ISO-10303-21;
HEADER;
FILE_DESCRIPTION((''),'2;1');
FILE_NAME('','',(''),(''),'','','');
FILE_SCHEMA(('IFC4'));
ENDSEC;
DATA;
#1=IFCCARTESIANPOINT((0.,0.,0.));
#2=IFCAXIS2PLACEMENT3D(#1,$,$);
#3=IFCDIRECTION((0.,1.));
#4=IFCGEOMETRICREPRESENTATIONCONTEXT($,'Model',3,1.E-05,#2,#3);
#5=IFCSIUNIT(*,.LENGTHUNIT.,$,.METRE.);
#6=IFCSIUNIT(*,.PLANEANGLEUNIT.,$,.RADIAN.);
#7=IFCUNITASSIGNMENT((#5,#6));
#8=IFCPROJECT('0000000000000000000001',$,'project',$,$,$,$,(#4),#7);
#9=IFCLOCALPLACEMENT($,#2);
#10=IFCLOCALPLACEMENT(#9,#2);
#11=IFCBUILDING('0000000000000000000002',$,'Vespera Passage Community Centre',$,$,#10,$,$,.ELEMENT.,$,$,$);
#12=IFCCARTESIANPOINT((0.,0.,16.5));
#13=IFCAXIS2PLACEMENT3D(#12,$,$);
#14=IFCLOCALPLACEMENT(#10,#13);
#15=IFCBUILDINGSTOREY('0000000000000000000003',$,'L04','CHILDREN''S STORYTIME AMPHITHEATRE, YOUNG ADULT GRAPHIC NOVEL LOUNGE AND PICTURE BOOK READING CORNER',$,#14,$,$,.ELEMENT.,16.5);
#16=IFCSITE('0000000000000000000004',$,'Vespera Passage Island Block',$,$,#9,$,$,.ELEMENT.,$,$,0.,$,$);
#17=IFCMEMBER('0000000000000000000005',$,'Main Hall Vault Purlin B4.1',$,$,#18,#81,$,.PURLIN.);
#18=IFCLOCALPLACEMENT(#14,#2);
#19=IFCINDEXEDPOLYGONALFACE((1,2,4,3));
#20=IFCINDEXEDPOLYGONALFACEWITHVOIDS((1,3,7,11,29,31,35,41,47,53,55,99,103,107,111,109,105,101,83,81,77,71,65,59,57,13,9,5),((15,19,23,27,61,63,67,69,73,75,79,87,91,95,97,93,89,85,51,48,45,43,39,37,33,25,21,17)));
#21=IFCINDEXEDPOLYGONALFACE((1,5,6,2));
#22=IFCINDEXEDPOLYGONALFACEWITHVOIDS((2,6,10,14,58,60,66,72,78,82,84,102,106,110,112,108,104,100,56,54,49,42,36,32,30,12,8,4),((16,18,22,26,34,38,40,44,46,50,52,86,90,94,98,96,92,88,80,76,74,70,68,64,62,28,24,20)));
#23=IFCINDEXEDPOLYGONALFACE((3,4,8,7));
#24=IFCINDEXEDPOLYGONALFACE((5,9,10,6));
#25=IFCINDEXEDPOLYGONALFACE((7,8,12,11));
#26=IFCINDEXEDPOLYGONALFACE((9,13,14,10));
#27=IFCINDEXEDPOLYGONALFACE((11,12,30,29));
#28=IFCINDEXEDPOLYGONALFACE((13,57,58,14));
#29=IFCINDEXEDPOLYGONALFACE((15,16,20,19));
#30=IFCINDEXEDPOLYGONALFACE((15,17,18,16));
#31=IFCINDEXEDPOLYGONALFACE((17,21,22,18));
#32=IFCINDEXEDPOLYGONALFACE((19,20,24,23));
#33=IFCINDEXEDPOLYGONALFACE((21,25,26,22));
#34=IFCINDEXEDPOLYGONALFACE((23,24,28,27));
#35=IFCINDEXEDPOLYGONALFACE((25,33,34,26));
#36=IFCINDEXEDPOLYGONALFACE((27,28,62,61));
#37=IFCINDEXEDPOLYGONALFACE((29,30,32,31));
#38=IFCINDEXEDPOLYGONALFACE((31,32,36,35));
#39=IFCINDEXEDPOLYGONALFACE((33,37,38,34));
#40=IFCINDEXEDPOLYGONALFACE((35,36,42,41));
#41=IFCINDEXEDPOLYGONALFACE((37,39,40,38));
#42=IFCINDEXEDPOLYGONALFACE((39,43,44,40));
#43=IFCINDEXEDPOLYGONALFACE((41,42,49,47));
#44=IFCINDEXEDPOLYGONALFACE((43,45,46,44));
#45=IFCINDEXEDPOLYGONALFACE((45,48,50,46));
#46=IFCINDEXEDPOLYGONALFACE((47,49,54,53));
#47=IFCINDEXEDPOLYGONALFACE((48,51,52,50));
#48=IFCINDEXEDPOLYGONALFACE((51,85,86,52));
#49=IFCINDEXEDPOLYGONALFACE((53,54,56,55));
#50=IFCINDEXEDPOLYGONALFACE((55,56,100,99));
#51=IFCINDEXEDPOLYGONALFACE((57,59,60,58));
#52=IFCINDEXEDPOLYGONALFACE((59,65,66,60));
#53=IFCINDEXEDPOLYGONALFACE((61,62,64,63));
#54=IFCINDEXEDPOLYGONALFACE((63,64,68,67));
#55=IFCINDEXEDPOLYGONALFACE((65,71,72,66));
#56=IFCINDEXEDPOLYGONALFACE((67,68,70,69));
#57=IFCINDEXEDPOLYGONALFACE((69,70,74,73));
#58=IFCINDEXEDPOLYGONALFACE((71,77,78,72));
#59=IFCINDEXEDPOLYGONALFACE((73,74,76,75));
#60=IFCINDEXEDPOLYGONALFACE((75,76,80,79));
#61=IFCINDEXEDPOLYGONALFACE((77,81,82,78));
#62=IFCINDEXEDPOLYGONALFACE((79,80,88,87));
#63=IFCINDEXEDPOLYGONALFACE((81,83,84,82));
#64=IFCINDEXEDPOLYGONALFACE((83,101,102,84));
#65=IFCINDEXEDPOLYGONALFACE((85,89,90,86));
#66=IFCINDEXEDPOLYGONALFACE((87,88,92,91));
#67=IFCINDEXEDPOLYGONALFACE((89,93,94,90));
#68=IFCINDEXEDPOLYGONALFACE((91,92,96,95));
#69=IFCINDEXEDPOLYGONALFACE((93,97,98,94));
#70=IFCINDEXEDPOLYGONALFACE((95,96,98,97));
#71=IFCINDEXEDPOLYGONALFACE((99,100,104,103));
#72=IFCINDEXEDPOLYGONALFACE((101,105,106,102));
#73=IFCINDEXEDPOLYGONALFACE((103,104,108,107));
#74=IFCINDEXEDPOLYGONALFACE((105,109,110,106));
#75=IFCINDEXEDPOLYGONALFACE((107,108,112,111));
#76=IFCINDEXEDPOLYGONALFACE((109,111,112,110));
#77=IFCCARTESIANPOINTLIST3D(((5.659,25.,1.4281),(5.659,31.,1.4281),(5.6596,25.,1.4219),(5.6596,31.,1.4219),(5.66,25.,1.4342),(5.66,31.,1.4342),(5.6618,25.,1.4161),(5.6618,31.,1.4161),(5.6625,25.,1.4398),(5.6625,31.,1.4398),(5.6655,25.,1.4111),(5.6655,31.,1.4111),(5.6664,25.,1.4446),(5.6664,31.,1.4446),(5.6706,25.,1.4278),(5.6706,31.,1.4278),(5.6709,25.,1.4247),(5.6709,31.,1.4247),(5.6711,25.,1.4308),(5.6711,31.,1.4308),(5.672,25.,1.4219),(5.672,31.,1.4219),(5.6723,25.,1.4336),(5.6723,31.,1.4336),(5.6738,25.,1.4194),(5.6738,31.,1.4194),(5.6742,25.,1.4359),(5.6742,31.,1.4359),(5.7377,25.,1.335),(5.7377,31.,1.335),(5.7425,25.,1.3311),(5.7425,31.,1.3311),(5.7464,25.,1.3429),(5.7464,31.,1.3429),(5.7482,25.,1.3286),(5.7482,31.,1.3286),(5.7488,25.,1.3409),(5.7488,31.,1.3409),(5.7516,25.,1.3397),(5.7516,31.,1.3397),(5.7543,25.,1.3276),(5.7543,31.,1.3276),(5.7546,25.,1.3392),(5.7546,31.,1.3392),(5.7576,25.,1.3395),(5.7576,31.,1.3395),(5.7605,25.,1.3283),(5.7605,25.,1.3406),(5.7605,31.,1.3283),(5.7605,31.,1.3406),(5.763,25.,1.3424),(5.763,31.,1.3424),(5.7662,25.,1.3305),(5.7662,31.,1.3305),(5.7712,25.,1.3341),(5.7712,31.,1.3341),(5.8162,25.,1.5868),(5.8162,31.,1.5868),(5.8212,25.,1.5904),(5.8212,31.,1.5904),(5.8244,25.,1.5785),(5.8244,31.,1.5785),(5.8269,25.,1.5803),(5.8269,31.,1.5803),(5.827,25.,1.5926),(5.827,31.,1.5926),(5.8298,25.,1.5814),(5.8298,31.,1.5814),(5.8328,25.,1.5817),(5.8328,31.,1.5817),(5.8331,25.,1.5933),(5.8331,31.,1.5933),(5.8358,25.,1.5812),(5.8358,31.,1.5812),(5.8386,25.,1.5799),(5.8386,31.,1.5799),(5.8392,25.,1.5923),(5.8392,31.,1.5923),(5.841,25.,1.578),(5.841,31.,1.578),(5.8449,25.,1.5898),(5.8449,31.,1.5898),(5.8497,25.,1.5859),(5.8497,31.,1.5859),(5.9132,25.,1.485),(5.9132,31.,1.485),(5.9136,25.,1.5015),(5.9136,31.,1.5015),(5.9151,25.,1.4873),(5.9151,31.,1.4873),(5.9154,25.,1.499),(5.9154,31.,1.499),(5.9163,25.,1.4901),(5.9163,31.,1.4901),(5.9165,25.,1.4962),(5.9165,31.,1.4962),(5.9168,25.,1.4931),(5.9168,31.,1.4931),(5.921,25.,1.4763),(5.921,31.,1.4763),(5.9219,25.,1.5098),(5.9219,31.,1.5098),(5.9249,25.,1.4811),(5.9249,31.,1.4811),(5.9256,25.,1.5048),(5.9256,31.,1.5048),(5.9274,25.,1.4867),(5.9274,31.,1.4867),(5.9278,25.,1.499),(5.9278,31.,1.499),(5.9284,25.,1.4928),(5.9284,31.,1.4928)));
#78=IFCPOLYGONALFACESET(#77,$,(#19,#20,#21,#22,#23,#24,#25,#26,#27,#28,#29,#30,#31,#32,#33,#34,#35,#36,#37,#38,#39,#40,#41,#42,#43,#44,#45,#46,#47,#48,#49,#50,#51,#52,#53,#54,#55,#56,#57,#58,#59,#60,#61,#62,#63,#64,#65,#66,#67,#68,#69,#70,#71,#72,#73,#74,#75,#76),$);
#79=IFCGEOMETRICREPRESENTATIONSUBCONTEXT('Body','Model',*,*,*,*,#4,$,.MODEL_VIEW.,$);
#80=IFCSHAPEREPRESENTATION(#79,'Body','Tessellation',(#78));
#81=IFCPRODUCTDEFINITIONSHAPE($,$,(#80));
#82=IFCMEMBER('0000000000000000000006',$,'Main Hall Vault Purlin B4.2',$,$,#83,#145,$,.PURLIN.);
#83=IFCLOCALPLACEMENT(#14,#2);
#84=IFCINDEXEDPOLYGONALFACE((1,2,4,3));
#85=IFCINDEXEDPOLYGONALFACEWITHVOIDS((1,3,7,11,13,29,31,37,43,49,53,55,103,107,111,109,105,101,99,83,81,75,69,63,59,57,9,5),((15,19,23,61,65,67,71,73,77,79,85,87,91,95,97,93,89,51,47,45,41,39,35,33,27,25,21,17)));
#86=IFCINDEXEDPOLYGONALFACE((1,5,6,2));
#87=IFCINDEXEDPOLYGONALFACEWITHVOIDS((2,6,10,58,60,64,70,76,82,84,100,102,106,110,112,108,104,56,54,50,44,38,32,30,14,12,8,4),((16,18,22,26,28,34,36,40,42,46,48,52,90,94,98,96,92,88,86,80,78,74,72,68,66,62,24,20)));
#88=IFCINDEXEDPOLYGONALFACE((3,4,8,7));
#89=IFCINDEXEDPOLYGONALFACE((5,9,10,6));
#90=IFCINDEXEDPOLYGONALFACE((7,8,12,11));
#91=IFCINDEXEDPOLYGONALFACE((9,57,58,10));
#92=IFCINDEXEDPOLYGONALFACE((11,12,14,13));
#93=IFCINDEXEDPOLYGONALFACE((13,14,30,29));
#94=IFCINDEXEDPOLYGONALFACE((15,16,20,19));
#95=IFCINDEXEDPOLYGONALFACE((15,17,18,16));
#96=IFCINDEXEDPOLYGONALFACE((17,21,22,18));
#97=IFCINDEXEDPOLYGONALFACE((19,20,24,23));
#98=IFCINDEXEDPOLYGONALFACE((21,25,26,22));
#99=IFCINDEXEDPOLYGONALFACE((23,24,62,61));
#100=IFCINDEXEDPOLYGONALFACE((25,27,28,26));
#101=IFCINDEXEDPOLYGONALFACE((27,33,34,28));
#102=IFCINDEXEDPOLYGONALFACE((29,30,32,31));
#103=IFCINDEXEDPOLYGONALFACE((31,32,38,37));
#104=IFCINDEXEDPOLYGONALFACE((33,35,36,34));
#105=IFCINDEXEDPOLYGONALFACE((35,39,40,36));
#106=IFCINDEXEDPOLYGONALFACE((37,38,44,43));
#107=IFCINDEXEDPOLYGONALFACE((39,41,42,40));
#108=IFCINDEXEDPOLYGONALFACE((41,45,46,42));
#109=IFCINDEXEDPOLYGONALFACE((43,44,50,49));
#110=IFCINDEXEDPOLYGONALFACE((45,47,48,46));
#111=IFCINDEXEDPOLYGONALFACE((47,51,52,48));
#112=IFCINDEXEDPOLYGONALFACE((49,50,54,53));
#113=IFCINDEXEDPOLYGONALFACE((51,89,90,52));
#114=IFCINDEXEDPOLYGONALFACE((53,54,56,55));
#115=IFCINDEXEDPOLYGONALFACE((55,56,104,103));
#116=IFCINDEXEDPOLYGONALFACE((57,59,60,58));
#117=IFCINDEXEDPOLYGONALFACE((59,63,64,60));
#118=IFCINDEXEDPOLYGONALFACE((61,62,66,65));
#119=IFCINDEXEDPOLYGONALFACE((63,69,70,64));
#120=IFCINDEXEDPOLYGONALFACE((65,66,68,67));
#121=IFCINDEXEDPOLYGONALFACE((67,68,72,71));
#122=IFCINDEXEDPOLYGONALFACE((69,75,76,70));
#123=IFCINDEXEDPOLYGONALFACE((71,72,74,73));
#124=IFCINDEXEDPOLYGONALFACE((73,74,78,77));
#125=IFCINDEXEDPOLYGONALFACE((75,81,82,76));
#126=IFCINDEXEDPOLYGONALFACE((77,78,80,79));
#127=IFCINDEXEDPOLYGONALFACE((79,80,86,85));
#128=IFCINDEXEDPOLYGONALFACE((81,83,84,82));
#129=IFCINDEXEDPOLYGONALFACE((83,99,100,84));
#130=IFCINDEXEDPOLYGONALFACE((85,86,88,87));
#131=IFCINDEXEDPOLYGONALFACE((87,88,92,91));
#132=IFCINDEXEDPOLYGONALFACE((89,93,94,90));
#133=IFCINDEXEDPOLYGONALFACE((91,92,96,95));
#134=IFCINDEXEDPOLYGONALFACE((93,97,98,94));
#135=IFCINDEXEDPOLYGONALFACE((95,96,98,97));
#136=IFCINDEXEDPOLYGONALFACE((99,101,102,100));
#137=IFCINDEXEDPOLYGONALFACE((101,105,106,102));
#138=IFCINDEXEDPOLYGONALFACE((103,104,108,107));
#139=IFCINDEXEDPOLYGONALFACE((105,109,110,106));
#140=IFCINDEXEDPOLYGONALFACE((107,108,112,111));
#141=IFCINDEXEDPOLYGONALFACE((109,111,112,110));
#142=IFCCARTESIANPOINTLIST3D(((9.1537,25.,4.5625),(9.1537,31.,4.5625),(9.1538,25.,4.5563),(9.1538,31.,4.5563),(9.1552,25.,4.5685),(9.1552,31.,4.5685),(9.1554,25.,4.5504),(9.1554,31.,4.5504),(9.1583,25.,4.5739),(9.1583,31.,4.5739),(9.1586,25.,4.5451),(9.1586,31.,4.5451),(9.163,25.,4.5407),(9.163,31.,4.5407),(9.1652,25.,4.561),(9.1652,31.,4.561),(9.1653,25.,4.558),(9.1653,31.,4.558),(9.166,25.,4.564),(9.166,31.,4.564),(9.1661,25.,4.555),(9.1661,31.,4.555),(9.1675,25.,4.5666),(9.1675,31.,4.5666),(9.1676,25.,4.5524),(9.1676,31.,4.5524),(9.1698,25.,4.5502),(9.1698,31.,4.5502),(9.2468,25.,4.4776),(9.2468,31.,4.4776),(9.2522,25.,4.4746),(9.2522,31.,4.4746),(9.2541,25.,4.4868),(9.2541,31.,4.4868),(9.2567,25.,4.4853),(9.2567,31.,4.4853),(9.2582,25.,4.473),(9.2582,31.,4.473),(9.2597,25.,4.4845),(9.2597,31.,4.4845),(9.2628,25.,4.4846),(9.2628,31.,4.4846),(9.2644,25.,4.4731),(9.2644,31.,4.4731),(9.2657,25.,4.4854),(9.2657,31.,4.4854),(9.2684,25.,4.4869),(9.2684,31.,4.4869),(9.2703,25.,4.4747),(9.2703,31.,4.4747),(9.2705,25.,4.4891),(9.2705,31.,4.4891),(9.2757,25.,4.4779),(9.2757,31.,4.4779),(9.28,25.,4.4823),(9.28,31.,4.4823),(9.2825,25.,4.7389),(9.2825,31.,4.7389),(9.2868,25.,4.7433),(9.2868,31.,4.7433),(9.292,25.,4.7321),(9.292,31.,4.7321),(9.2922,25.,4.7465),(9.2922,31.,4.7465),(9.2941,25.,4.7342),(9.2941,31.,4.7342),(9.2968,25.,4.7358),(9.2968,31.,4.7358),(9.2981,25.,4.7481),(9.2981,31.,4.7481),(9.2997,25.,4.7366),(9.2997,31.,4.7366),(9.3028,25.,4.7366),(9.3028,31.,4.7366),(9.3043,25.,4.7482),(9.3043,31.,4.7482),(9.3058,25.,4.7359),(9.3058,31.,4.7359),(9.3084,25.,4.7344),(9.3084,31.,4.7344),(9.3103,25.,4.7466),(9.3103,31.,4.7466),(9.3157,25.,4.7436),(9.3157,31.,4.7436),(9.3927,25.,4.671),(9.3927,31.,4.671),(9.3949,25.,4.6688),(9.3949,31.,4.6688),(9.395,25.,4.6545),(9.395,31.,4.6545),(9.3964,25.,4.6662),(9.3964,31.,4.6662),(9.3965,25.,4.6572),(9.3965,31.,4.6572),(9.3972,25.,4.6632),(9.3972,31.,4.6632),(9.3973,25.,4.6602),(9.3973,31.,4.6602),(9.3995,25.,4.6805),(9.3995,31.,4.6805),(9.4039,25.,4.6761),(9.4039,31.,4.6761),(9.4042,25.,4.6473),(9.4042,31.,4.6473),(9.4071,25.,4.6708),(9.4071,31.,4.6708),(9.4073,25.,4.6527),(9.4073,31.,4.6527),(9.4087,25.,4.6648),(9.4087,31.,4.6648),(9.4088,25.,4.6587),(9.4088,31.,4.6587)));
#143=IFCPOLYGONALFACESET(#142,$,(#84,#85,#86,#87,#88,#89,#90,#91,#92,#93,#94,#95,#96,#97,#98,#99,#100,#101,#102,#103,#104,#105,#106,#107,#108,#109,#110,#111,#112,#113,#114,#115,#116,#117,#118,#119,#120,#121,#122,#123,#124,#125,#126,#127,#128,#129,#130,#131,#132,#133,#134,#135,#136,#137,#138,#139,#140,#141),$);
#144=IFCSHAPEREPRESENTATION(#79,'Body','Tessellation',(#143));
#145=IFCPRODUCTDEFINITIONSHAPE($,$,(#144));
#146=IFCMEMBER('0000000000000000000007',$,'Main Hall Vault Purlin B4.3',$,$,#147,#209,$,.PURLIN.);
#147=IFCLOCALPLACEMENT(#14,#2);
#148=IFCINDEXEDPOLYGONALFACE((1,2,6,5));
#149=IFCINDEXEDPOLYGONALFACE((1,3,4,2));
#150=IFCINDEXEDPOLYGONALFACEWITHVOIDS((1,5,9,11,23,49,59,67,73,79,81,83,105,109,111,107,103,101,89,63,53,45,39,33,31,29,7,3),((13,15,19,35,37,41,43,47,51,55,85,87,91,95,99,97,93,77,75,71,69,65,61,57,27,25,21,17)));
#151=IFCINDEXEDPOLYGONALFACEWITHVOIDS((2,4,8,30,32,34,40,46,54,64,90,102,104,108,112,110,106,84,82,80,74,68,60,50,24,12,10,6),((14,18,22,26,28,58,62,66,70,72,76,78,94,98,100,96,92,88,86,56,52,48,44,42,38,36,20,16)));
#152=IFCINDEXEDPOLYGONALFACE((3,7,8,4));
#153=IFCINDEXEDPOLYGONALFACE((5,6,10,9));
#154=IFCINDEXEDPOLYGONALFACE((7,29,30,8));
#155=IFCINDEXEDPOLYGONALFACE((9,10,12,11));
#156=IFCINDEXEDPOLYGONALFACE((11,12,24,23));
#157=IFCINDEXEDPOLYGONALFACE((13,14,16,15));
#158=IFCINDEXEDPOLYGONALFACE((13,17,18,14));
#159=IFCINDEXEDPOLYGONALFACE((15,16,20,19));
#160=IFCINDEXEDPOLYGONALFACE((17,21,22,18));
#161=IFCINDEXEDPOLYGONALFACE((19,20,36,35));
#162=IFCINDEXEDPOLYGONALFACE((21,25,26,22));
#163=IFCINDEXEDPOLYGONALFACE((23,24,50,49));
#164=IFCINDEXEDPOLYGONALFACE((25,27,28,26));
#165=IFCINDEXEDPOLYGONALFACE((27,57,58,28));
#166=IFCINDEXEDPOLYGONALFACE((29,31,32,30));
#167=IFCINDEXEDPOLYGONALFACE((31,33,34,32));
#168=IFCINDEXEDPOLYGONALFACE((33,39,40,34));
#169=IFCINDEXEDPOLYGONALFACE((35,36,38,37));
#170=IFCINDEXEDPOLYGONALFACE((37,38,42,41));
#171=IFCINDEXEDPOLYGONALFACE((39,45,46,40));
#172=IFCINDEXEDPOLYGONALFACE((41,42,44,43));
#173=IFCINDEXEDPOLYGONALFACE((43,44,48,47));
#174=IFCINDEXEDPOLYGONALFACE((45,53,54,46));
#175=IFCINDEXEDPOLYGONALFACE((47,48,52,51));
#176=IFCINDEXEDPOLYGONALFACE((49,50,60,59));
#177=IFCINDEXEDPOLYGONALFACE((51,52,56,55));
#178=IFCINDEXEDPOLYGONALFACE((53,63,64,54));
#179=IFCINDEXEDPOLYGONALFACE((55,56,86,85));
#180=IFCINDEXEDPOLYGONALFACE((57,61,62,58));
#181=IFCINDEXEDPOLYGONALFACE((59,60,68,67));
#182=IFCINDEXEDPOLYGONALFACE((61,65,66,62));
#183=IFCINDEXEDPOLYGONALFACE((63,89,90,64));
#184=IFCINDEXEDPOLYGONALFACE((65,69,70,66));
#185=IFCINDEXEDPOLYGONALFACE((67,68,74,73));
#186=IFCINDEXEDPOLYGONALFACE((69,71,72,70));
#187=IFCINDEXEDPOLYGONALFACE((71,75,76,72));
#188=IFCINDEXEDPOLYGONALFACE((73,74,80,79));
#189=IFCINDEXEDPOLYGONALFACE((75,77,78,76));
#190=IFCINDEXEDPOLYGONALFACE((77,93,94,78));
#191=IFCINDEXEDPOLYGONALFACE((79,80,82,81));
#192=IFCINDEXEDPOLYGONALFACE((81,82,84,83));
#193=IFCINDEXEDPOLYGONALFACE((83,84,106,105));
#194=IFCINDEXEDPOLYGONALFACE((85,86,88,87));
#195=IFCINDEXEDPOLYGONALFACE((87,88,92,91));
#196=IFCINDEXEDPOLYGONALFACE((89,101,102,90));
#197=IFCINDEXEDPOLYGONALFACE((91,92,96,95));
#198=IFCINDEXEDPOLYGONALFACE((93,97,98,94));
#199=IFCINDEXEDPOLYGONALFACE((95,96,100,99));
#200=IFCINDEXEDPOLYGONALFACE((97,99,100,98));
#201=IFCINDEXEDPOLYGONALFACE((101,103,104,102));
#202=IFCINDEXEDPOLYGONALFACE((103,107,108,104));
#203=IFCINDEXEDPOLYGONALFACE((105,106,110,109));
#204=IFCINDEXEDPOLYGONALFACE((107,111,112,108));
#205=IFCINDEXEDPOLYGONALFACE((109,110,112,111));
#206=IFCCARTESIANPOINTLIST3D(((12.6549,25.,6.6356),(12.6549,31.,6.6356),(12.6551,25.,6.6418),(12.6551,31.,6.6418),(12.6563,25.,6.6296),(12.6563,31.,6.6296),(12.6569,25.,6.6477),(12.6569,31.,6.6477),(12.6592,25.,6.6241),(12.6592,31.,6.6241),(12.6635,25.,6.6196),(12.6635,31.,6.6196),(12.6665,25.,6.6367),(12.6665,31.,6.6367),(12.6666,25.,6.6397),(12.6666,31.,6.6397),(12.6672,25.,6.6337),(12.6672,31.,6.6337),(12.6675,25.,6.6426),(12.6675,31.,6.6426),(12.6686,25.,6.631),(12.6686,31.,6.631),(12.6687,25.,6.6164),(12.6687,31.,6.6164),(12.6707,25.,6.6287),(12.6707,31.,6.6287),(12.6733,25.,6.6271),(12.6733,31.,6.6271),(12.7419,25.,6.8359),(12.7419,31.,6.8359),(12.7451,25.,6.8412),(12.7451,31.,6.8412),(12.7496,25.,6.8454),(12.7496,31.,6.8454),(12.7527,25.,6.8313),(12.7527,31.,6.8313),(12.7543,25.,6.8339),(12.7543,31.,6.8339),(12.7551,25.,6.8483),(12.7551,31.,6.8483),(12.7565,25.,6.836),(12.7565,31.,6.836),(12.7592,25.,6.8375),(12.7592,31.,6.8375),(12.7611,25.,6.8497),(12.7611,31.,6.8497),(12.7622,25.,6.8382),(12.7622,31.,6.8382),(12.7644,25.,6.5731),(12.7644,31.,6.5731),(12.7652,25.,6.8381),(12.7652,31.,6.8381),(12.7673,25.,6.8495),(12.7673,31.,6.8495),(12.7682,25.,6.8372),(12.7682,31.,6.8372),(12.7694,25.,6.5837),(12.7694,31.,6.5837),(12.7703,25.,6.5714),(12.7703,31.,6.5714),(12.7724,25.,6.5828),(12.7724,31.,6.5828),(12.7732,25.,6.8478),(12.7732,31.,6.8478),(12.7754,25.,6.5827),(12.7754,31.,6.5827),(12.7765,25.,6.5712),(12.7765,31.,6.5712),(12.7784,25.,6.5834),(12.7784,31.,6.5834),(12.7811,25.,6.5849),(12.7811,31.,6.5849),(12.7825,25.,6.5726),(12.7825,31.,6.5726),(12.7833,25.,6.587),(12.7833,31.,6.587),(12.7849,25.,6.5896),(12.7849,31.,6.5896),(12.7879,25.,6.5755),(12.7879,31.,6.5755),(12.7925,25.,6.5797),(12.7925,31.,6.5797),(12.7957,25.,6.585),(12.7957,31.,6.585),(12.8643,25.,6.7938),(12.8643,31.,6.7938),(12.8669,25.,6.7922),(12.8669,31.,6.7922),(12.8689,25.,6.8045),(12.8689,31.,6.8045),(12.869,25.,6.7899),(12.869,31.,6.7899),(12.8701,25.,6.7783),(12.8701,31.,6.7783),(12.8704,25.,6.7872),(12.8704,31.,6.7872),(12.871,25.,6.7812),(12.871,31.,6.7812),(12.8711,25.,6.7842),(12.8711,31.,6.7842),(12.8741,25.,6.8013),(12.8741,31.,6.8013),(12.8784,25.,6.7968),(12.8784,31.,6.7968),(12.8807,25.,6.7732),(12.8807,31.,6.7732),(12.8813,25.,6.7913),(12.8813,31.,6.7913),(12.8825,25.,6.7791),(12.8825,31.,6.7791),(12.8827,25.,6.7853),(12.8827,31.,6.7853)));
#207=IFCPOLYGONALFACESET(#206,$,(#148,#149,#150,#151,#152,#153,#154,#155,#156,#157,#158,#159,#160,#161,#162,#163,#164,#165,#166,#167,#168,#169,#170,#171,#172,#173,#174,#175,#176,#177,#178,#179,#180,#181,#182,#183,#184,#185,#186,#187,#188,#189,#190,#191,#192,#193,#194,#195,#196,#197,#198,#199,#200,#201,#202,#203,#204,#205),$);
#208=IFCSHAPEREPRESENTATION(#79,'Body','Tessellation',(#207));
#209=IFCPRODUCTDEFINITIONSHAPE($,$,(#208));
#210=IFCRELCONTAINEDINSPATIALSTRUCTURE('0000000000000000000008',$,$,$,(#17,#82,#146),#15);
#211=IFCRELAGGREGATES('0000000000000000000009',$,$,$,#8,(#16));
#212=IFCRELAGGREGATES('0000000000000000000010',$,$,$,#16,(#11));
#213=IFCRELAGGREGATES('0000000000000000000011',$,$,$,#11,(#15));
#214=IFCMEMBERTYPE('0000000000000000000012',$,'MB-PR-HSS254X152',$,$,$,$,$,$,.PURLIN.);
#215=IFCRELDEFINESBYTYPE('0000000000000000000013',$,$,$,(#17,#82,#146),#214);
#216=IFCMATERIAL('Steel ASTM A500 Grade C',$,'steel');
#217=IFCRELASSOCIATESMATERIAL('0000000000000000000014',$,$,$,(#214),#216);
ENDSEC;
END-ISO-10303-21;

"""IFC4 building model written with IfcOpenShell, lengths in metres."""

from ifc_helpers import new_model, si_unit, direction, frame, origin, origin_2d, place, context, subcontext, project, spatial, hollow_rectangle, extrude, material, material_profile, profile_set, type_object, element, save


model = new_model("IFC4")

# Units and contexts
model_context = context("Model", 3, precision=1e-05, world=origin(), true_north=direction((0.0, 1.0)))
body_context = subcontext(model_context, "Body", "Model", "MODEL_VIEW")
ifc_project = project(units=[si_unit("LENGTHUNIT", "METRE"), si_unit("PLANEANGLEUNIT", "RADIAN")], contexts=[model_context])

# Site, building, storey
site_placement = place(None, origin())
site = spatial("IfcSite", under=ifc_project, at=site_placement, Name="Vespera Passage Island Block", CompositionType="ELEMENT", RefElevation=0.0)
building_placement = place(site_placement, origin())
building = spatial("IfcBuilding", under=site, at=building_placement, Name="Vespera Passage Community Centre", CompositionType="ELEMENT")
storey_placement = place(building_placement, frame((0.0, 0.0, 16.5)))
storey = spatial("IfcBuildingStorey", under=building, at=storey_placement, Name="L04", Description="CHILDREN'S STORYTIME AMPHITHEATRE, YOUNG ADULT GRAPHIC NOVEL LOUNGE AND PICTURE BOOK READING CORNER", CompositionType="ELEMENT", Elevation=16.5)

# Members
ifc_material_1 = material(Name="Steel ASTM A500 Grade C", Category="steel")
ifc_material_profile_1 = material_profile(ifc_material_1, hollow_rectangle(XDim=0.1523, YDim=0.2539, WallThickness=0.0117, InnerFilletRadius=0.0117, OuterFilletRadius=0.0237, at=origin_2d()), Name="HSS254X152X12.7")
ifc_profile_set_1 = profile_set([ifc_material_profile_1], Name="Steel ASTM A500 Grade C")
member_type_1 = type_object("IfcMemberType", Name="MB-PR-HSS254X152", PredefinedType="PURLIN", material=ifc_profile_set_1)
for number, where, z_axis, x_axis, name in (
    (1, (5.7937, 25.0, 1.4604), (0.0, 1.0, 0.0), (-0.688355, 0.0, 0.725374), "Main Hall Vault Purlin B4.1"),
    (2, (9.2812, 25.0, 4.6106), (0.0, 1.0, 0.0), (-0.798972, 0.0, 0.601369), "Main Hall Vault Purlin B4.2"),
    (3, (12.7688, 25.0, 6.7104), (0.0, 1.0, 0.0), (-0.911367, 0.0, 0.411594), "Main Hall Vault Purlin B4.3"),
):
    element("IfcMember", number, at=place(storey_placement, frame(where, z_axis=z_axis, x_axis=x_axis)), inside=storey, type_object=member_type_1, Name=name, PredefinedType="PURLIN", context=body_context, shape_type="SweptSolid", body=[
        extrude(hollow_rectangle(XDim=0.1523, YDim=0.2539, WallThickness=0.0117, InnerFilletRadius=0.0117, OuterFilletRadius=0.0237, at=origin_2d()), origin(), (0.0, 0.0, 1.0), 6.0),
    ])

save(model, "model.ifc")
